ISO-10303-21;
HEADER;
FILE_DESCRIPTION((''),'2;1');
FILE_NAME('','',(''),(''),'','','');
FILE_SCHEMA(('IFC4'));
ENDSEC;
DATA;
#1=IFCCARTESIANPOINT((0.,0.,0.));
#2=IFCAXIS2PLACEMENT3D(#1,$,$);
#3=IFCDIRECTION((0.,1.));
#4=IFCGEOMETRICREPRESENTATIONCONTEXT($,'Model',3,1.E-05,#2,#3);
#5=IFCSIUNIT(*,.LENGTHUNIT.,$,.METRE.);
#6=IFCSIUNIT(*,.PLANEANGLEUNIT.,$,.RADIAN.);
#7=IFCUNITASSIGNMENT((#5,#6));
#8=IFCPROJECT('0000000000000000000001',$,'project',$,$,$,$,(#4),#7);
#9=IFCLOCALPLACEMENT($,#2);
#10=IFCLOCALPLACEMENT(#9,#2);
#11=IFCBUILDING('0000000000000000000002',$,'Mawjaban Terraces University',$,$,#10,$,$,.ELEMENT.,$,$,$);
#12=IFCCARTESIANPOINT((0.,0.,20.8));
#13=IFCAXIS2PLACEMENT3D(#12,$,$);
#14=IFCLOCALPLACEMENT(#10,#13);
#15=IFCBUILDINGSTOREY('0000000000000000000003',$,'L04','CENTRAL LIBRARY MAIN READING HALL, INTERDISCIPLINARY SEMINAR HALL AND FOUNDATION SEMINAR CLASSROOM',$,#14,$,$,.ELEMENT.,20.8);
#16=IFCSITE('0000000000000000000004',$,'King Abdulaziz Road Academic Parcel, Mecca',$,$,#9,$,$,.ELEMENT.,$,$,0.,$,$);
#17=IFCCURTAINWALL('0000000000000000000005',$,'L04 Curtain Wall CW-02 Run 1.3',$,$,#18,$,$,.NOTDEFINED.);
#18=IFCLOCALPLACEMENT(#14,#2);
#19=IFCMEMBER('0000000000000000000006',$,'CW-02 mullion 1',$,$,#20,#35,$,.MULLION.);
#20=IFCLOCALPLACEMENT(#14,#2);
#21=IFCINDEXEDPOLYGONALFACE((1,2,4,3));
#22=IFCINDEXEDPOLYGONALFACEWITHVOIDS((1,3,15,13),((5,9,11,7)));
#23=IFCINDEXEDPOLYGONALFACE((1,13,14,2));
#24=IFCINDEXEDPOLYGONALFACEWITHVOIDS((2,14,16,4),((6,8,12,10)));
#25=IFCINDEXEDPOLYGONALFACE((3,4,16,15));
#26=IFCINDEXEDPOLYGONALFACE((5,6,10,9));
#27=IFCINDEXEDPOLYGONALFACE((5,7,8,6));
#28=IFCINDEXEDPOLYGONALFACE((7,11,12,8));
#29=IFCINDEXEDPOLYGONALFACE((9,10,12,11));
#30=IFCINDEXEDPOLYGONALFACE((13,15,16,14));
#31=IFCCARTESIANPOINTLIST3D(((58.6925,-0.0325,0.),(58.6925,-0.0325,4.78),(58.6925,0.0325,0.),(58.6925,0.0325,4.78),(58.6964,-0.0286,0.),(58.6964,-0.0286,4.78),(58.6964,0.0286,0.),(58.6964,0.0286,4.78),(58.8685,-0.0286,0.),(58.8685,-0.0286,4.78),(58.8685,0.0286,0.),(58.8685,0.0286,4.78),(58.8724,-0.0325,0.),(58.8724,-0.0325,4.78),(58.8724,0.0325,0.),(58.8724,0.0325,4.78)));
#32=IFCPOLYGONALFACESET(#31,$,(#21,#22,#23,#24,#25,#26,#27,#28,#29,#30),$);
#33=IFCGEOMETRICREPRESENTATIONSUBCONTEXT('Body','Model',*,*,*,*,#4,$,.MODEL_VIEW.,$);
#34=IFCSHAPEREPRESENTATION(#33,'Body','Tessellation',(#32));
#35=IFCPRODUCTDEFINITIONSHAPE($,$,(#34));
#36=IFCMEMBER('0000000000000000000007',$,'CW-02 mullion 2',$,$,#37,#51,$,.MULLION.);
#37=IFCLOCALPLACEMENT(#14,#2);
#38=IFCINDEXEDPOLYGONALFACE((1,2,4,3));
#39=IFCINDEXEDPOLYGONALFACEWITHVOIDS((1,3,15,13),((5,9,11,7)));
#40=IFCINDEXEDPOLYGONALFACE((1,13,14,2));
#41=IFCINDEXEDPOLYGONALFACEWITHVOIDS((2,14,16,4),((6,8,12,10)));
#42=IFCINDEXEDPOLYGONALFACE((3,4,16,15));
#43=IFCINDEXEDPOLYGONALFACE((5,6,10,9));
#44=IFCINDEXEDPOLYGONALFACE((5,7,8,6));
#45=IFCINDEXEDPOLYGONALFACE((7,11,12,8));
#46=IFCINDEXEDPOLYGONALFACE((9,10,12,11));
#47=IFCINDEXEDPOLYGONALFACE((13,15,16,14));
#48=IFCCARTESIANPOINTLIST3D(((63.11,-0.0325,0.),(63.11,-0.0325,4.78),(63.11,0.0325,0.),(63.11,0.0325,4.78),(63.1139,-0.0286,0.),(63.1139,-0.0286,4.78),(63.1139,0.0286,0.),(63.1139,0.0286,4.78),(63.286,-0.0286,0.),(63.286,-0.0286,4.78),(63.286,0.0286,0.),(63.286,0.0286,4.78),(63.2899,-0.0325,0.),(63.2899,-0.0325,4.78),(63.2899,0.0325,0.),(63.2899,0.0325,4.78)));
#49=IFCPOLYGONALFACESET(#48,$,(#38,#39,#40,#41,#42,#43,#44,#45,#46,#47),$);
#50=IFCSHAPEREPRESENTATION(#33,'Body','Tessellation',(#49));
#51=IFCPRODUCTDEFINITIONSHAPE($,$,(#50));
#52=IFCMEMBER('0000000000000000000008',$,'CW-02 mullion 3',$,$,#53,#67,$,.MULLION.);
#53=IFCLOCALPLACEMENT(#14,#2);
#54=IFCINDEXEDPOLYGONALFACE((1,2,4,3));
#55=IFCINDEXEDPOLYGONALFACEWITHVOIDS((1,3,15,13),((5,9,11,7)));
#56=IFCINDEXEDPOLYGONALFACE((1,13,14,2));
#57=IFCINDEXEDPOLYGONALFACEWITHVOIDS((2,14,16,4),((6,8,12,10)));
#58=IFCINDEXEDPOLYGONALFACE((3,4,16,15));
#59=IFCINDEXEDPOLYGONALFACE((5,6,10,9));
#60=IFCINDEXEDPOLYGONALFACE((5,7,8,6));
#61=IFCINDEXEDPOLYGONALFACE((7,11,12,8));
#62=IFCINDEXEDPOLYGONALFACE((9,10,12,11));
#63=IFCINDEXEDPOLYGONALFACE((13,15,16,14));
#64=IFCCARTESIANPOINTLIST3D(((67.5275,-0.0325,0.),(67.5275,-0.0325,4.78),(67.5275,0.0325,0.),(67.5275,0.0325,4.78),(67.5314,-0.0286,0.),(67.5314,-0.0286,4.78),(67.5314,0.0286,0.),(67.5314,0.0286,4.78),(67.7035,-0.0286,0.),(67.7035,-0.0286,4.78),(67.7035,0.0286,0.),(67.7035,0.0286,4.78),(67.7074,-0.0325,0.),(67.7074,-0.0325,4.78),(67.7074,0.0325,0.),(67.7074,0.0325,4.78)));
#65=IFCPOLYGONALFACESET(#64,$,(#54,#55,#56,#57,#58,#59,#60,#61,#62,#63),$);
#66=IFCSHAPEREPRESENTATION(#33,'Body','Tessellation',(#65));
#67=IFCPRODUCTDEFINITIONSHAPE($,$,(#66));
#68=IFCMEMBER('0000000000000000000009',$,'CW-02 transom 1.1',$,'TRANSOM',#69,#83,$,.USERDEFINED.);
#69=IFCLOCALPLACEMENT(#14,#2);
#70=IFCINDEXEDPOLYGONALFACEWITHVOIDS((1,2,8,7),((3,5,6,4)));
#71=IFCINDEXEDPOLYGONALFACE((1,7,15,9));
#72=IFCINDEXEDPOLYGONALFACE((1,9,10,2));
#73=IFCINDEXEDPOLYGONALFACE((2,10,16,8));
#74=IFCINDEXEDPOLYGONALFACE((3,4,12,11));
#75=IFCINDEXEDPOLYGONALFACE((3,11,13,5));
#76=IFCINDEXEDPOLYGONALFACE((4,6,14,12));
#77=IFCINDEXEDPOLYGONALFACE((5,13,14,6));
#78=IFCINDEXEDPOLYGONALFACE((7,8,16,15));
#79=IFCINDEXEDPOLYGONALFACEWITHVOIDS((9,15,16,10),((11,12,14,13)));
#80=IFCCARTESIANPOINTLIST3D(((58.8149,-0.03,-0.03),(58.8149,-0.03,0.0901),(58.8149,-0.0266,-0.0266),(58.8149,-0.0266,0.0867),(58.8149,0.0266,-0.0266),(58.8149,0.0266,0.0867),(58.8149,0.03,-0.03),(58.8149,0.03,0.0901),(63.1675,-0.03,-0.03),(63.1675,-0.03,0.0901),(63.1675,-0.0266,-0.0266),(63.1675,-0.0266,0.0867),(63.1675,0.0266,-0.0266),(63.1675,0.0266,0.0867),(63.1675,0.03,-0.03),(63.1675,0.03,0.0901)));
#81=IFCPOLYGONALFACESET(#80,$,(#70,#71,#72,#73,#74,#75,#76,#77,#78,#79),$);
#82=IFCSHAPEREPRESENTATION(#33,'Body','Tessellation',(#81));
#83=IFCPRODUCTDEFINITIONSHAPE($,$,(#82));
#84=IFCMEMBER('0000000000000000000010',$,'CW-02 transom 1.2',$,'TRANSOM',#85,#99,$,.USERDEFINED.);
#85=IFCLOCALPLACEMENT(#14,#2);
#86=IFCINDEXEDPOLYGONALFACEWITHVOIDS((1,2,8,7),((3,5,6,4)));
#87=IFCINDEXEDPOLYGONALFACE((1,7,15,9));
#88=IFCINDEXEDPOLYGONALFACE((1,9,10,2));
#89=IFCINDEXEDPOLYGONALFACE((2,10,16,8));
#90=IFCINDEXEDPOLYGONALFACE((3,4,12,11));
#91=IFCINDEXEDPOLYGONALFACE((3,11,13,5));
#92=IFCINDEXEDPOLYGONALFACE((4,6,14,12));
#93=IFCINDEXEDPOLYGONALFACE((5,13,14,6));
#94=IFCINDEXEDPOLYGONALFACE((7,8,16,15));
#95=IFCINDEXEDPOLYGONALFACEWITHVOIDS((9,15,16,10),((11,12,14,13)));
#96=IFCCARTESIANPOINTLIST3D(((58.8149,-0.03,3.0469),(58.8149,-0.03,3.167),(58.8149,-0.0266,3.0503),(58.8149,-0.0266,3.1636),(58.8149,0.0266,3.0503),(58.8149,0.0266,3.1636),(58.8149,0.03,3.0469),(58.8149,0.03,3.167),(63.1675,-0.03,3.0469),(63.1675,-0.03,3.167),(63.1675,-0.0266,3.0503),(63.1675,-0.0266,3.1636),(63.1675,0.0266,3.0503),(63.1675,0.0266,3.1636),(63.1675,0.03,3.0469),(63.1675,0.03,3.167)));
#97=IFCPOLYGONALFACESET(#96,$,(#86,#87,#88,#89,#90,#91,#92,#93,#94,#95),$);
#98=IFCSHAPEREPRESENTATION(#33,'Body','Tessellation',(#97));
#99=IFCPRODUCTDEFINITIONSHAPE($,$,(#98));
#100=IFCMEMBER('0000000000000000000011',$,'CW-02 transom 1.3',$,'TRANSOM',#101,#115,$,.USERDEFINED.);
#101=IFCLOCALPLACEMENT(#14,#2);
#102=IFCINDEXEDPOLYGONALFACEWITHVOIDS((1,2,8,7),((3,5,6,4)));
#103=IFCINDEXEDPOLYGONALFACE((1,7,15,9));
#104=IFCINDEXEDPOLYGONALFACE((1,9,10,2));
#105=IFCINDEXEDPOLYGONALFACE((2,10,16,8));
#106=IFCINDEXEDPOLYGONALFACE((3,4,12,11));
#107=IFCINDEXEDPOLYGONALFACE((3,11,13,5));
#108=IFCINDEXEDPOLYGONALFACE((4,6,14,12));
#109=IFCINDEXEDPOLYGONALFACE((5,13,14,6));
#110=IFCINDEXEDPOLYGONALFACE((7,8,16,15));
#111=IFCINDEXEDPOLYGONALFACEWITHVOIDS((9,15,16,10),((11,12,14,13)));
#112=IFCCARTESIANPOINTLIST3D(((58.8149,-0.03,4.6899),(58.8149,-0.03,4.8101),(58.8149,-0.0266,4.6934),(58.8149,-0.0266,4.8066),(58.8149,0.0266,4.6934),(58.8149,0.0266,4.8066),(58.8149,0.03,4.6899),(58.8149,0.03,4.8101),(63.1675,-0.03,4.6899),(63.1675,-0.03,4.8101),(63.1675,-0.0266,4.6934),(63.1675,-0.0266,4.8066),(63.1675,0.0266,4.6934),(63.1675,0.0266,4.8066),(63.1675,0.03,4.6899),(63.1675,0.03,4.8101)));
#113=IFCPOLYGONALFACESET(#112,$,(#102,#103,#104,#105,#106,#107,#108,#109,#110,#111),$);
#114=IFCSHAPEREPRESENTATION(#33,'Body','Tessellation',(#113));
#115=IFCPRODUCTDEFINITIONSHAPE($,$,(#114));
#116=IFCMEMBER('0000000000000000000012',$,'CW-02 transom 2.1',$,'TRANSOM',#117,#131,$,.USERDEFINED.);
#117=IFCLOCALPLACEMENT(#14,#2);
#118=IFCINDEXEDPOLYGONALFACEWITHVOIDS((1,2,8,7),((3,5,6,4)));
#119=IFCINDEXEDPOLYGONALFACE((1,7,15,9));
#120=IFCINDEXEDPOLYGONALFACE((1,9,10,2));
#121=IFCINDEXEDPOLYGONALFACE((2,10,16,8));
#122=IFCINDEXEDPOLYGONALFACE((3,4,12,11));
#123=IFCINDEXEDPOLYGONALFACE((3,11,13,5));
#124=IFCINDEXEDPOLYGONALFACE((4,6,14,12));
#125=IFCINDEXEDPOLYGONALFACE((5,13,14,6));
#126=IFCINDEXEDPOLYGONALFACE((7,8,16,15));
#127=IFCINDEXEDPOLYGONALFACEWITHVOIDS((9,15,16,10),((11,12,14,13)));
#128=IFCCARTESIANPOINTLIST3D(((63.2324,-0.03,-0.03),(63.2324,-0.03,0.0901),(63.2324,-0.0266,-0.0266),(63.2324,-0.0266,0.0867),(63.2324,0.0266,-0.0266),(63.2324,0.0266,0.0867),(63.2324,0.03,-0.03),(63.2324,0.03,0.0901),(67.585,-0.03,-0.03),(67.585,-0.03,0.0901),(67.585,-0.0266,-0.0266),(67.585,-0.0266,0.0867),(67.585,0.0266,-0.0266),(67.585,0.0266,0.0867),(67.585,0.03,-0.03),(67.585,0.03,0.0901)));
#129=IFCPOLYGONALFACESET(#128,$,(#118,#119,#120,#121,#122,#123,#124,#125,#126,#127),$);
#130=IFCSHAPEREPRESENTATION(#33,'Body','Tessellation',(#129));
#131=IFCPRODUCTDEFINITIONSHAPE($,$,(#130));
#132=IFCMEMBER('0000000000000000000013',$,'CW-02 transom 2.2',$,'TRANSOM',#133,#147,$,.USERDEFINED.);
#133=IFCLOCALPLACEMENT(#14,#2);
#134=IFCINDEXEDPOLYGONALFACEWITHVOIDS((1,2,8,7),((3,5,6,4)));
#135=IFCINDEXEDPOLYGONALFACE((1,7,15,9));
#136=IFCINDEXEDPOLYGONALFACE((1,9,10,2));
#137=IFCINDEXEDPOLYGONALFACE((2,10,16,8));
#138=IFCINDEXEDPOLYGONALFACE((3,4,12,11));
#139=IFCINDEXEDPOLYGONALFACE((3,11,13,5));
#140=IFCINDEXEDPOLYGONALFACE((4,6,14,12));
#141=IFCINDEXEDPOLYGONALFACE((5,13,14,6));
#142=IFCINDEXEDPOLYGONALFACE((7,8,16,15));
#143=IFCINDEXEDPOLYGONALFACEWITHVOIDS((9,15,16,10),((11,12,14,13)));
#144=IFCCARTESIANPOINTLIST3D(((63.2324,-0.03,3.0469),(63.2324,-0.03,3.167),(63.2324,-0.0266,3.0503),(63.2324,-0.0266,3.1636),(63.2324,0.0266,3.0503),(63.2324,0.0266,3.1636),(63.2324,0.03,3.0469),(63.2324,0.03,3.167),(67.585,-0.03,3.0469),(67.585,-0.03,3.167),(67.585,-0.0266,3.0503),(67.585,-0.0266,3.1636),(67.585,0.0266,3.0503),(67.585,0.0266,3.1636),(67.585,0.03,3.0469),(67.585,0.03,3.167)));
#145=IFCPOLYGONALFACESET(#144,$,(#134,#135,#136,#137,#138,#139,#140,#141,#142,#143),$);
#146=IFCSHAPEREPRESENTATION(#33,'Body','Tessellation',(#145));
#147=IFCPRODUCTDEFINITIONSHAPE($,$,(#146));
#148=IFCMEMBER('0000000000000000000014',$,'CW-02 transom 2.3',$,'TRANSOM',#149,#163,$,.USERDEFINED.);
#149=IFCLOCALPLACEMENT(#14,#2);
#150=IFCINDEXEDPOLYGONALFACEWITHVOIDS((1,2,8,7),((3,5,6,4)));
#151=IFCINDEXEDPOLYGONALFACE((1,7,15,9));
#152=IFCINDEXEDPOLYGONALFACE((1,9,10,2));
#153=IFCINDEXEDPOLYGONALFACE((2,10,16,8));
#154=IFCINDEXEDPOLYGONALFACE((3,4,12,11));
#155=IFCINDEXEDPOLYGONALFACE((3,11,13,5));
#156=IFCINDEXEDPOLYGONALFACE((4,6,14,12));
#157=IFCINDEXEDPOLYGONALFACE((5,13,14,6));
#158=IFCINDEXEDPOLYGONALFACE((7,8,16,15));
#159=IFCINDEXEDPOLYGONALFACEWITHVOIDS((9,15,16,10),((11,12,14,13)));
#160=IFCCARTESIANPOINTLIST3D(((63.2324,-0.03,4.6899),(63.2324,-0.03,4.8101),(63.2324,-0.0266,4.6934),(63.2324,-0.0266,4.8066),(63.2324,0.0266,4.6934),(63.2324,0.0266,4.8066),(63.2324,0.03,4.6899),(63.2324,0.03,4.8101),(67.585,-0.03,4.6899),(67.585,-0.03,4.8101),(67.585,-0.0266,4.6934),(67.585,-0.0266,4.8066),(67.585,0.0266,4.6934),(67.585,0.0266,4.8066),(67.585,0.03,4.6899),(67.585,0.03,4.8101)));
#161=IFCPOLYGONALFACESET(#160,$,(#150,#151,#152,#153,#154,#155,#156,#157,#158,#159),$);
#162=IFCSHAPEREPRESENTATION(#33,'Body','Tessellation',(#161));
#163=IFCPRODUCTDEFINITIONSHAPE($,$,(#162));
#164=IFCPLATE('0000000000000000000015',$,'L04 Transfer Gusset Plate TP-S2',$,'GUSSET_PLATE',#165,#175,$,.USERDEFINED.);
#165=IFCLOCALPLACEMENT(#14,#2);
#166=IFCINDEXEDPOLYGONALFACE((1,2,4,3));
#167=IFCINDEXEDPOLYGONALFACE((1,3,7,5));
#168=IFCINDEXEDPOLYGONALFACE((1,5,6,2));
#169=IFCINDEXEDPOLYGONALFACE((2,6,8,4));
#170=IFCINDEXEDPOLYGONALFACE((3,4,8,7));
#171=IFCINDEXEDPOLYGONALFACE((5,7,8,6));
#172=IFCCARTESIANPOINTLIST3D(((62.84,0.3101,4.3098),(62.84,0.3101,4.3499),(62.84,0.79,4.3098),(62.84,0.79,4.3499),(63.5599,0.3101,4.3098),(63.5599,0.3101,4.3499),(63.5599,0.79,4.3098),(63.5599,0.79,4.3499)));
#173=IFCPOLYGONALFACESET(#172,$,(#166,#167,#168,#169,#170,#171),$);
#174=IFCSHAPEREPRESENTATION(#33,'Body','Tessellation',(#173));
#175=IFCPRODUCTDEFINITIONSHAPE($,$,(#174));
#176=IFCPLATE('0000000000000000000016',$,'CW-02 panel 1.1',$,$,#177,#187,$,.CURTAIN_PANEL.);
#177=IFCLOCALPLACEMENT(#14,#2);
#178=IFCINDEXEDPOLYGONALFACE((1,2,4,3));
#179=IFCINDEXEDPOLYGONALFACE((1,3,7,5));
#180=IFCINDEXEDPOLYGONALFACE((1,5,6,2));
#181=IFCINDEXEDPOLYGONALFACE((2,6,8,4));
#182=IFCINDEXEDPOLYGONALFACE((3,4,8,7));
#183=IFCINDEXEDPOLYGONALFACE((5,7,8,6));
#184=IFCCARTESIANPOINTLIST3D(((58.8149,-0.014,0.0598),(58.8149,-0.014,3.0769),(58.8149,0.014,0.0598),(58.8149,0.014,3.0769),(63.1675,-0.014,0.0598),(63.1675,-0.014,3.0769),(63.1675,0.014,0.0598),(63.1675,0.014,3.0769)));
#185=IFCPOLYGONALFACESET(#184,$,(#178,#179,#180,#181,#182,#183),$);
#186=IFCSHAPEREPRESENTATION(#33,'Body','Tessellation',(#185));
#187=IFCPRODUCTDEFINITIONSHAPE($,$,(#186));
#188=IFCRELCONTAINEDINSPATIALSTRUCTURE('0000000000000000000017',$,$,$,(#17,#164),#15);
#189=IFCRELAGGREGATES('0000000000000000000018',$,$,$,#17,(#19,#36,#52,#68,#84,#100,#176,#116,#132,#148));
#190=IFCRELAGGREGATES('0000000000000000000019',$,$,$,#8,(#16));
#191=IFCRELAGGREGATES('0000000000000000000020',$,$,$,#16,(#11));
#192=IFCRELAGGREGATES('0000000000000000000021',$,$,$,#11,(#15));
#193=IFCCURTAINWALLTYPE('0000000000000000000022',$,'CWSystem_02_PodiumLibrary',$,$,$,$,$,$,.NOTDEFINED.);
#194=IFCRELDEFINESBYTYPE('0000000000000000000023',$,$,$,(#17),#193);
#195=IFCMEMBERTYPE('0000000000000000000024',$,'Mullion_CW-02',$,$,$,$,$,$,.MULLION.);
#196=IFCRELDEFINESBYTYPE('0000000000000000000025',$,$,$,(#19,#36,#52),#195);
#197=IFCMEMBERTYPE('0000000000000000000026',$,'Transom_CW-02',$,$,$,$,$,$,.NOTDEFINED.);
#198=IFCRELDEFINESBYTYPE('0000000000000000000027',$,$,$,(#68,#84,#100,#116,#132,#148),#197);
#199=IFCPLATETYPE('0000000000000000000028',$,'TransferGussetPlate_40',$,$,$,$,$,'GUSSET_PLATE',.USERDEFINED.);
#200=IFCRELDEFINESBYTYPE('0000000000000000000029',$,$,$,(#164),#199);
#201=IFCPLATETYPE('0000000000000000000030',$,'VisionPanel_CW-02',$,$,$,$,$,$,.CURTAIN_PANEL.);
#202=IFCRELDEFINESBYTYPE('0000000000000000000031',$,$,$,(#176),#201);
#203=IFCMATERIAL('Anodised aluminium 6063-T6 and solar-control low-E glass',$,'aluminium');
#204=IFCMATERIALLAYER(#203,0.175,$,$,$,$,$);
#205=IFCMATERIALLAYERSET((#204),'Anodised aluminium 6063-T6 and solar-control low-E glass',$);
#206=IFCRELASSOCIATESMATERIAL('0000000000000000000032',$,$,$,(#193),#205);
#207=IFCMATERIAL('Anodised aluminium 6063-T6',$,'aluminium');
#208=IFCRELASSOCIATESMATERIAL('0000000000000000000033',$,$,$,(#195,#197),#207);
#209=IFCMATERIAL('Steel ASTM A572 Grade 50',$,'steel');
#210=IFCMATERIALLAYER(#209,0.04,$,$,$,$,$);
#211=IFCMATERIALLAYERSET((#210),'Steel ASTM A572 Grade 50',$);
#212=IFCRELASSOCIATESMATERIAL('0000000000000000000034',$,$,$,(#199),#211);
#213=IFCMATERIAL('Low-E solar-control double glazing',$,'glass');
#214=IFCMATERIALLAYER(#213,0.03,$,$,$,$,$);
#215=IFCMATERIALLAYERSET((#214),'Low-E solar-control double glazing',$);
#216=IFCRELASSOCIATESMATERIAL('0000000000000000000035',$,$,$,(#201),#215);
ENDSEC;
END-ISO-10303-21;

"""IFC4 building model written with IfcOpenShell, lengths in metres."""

from ifc_helpers import new_model, si_unit, direction, frame, origin, origin_2d, place, context, subcontext, project, spatial, rectangle, hollow_rectangle, extrude, material, layer, layer_set, material_profile, profile_set, type_object, element, aggregate, save


model = new_model("IFC4")

# Units and contexts
model_context = context("Model", 3, precision=1e-05, world=origin(), true_north=direction((0.0, 1.0)))
body_context = subcontext(model_context, "Body", "Model", "MODEL_VIEW")
ifc_project = project(units=[si_unit("LENGTHUNIT", "METRE"), si_unit("PLANEANGLEUNIT", "RADIAN")], contexts=[model_context])

# Site, building, storey
site_placement = place(None, origin())
site = spatial("IfcSite", under=ifc_project, at=site_placement, Name="King Abdulaziz Road Academic Parcel, Mecca", CompositionType="ELEMENT", RefElevation=0.0)
building_placement = place(site_placement, origin())
building = spatial("IfcBuilding", under=site, at=building_placement, Name="Mawjaban Terraces University", CompositionType="ELEMENT")
storey_placement = place(building_placement, frame((0.0, 0.0, 20.8)))
storey = spatial("IfcBuildingStorey", under=building, at=storey_placement, Name="L04", Description="CENTRAL LIBRARY MAIN READING HALL, INTERDISCIPLINARY SEMINAR HALL AND FOUNDATION SEMINAR CLASSROOM", CompositionType="ELEMENT", Elevation=20.8)

# Shared definitions
ifc_material_1 = material(Name="Steel ASTM A572 Grade 50", Category="steel")

# Curtain wall, members
ifc_material_2 = material(Name="Anodised aluminium 6063-T6 and solar-control low-E glass", Category="aluminium")
ifc_layer_1 = layer(ifc_material_2, 0.175)
ifc_layer_set_1 = layer_set([ifc_layer_1], Name="Anodised aluminium 6063-T6 and solar-control low-E glass")
curtain_wall_type = type_object("IfcCurtainWallType", Name="CWSystem_02_PodiumLibrary", PredefinedType="NOTDEFINED", material=ifc_layer_set_1)
curtain_wall_placement = place(storey_placement, origin())
curtain_wall = element("IfcCurtainWall", 1, at=curtain_wall_placement, inside=storey, type_object=curtain_wall_type, Name="L04 Curtain Wall CW-02 Run 1.3", PredefinedType="NOTDEFINED")
ifc_material_3 = material(Name="Anodised aluminium 6063-T6", Category="aluminium")
ifc_material_profile_1 = material_profile(ifc_material_3, hollow_rectangle(XDim=0.0649, YDim=0.1799, WallThickness=0.0039, at=origin_2d()), Name="ALU180X65X4")
ifc_profile_set_1 = profile_set([ifc_material_profile_1], Name="Anodised aluminium 6063-T6")
member_type_1 = type_object("IfcMemberType", Name="Mullion_CW-02", PredefinedType="MULLION", material=ifc_profile_set_1)
member_1_placement = place(storey_placement, frame((58.7825, 0.0, 0.0), z_axis=(0.0, 0.0, 1.0), x_axis=(0.0, 1.0, 0.0)))
member_1 = element("IfcMember", 2, at=member_1_placement, type_object=member_type_1, Name="CW-02 mullion 1", PredefinedType="MULLION", context=body_context, shape_type="SweptSolid", body=[
    extrude(hollow_rectangle(XDim=0.0649, YDim=0.1799, WallThickness=0.0039, at=origin_2d()), origin(), (0.0, 0.0, 1.0), 4.78),
])
member_2_placement = place(storey_placement, frame((63.2, 0.0, 0.0), z_axis=(0.0, 0.0, 1.0), x_axis=(0.0, 1.0, 0.0)))
member_2 = element("IfcMember", 3, at=member_2_placement, type_object=member_type_1, Name="CW-02 mullion 2", PredefinedType="MULLION", context=body_context, shape_type="SweptSolid", body=[
    extrude(hollow_rectangle(XDim=0.0649, YDim=0.1799, WallThickness=0.0039, at=origin_2d()), origin(), (0.0, 0.0, 1.0), 4.78),
])
member_3_placement = place(storey_placement, frame((67.6174, 0.0, 0.0), z_axis=(0.0, 0.0, 1.0), x_axis=(0.0, 1.0, 0.0)))
member_3 = element("IfcMember", 4, at=member_3_placement, type_object=member_type_1, Name="CW-02 mullion 3", PredefinedType="MULLION", context=body_context, shape_type="SweptSolid", body=[
    extrude(hollow_rectangle(XDim=0.0649, YDim=0.1799, WallThickness=0.0039, at=origin_2d()), origin(), (0.0, 0.0, 1.0), 4.78),
])
ifc_material_profile_2 = material_profile(ifc_material_3, hollow_rectangle(XDim=0.0601, YDim=0.1201, WallThickness=0.0034, at=origin_2d()), Name="ALU120X60X3.5")
ifc_profile_set_2 = profile_set([ifc_material_profile_2], Name="Anodised aluminium 6063-T6")
member_type_2 = type_object("IfcMemberType", Name="Transom_CW-02", PredefinedType="NOTDEFINED", material=ifc_profile_set_2)
member_4_placement = place(storey_placement, frame((58.8149, 0.0, 0.03), z_axis=(1.0, 0.0, 0.0), x_axis=(0.0, 1.0, 0.0)))
member_4 = element("IfcMember", 5, at=member_4_placement, type_object=member_type_2, Name="CW-02 transom 1.1", ObjectType="TRANSOM", PredefinedType="USERDEFINED", context=body_context, shape_type="SweptSolid", body=[
    extrude(hollow_rectangle(XDim=0.0601, YDim=0.1201, WallThickness=0.0034, at=origin_2d()), origin(), (0.0, 0.0, 1.0), 4.3525),
])
member_5_placement = place(storey_placement, frame((58.8149, 0.0, 3.1069), z_axis=(1.0, 0.0, 0.0), x_axis=(0.0, 1.0, 0.0)))
member_5 = element("IfcMember", 6, at=member_5_placement, type_object=member_type_2, Name="CW-02 transom 1.2", ObjectType="TRANSOM", PredefinedType="USERDEFINED", context=body_context, shape_type="SweptSolid", body=[
    extrude(hollow_rectangle(XDim=0.0601, YDim=0.1201, WallThickness=0.0034, at=origin_2d()), origin(), (0.0, 0.0, 1.0), 4.3525),
])
member_6_placement = place(storey_placement, frame((58.8149, 0.0, 4.75), z_axis=(1.0, 0.0, 0.0), x_axis=(0.0, 1.0, 0.0)))
member_6 = element("IfcMember", 7, at=member_6_placement, type_object=member_type_2, Name="CW-02 transom 1.3", ObjectType="TRANSOM", PredefinedType="USERDEFINED", context=body_context, shape_type="SweptSolid", body=[
    extrude(hollow_rectangle(XDim=0.0601, YDim=0.1201, WallThickness=0.0034, at=origin_2d()), origin(), (0.0, 0.0, 1.0), 4.3525),
])
member_7_placement = place(storey_placement, frame((63.2324, 0.0, 0.03), z_axis=(1.0, 0.0, 0.0), x_axis=(0.0, 1.0, 0.0)))
member_7 = element("IfcMember", 8, at=member_7_placement, type_object=member_type_2, Name="CW-02 transom 2.1", ObjectType="TRANSOM", PredefinedType="USERDEFINED", context=body_context, shape_type="SweptSolid", body=[
    extrude(hollow_rectangle(XDim=0.0601, YDim=0.1201, WallThickness=0.0034, at=origin_2d()), origin(), (0.0, 0.0, 1.0), 4.3525),
])
member_8_placement = place(storey_placement, frame((63.2324, 0.0, 3.1069), z_axis=(1.0, 0.0, 0.0), x_axis=(0.0, 1.0, 0.0)))
member_8 = element("IfcMember", 9, at=member_8_placement, type_object=member_type_2, Name="CW-02 transom 2.2", ObjectType="TRANSOM", PredefinedType="USERDEFINED", context=body_context, shape_type="SweptSolid", body=[
    extrude(hollow_rectangle(XDim=0.0601, YDim=0.1201, WallThickness=0.0034, at=origin_2d()), origin(), (0.0, 0.0, 1.0), 4.3525),
])
member_9_placement = place(storey_placement, frame((63.2324, 0.0, 4.75), z_axis=(1.0, 0.0, 0.0), x_axis=(0.0, 1.0, 0.0)))
member_9 = element("IfcMember", 10, at=member_9_placement, type_object=member_type_2, Name="CW-02 transom 2.3", ObjectType="TRANSOM", PredefinedType="USERDEFINED", context=body_context, shape_type="SweptSolid", body=[
    extrude(hollow_rectangle(XDim=0.0601, YDim=0.1201, WallThickness=0.0034, at=origin_2d()), origin(), (0.0, 0.0, 1.0), 4.3525),
])

# Plates
ifc_layer_2 = layer(ifc_material_1, 0.04)
ifc_layer_set_2 = layer_set([ifc_layer_2], Name="Steel ASTM A572 Grade 50")
plate_type_1 = type_object("IfcPlateType", Name="TransferGussetPlate_40", ElementType="GUSSET_PLATE", PredefinedType="USERDEFINED", material=ifc_layer_set_2)
plate_1_placement = place(storey_placement, frame((63.2, 0.55, 4.3098), z_axis=(0.0, 0.0, 1.0), x_axis=(1.0, 0.0, 0.0)))
element("IfcPlate", 11, at=plate_1_placement, inside=storey, type_object=plate_type_1, Name="L04 Transfer Gusset Plate TP-S2", ObjectType="GUSSET_PLATE", PredefinedType="USERDEFINED", context=body_context, shape_type="SweptSolid", body=[
    extrude(rectangle(XDim=0.72, YDim=0.48, at=origin_2d()), origin(), (0.0, 0.0, 1.0), 0.04),
])
ifc_material_4 = material(Name="Low-E solar-control double glazing", Category="glass")
ifc_layer_3 = layer(ifc_material_4, 0.03)
ifc_layer_set_3 = layer_set([ifc_layer_3], Name="Low-E solar-control double glazing")
plate_type_2 = type_object("IfcPlateType", Name="VisionPanel_CW-02", PredefinedType="CURTAIN_PANEL", material=ifc_layer_set_3)
plate_2_placement = place(storey_placement, frame((60.9912, 0.0, 0.0598), z_axis=(0.0, 0.0, 1.0), x_axis=(1.0, 0.0, 0.0)))
plate_2 = element("IfcPlate", 12, at=plate_2_placement, type_object=plate_type_2, Name="CW-02 panel 1.1", PredefinedType="CURTAIN_PANEL", context=body_context, shape_type="SweptSolid", body=[
    extrude(rectangle(XDim=4.3525, YDim=0.0281, at=origin_2d()), origin(), (0.0, 0.0, 1.0), 3.0171),
])
aggregate(curtain_wall, [member_1, member_2, member_3, member_4, member_5, member_6, plate_2, member_7, member_8, member_9])

save(model, "model.ifc")
